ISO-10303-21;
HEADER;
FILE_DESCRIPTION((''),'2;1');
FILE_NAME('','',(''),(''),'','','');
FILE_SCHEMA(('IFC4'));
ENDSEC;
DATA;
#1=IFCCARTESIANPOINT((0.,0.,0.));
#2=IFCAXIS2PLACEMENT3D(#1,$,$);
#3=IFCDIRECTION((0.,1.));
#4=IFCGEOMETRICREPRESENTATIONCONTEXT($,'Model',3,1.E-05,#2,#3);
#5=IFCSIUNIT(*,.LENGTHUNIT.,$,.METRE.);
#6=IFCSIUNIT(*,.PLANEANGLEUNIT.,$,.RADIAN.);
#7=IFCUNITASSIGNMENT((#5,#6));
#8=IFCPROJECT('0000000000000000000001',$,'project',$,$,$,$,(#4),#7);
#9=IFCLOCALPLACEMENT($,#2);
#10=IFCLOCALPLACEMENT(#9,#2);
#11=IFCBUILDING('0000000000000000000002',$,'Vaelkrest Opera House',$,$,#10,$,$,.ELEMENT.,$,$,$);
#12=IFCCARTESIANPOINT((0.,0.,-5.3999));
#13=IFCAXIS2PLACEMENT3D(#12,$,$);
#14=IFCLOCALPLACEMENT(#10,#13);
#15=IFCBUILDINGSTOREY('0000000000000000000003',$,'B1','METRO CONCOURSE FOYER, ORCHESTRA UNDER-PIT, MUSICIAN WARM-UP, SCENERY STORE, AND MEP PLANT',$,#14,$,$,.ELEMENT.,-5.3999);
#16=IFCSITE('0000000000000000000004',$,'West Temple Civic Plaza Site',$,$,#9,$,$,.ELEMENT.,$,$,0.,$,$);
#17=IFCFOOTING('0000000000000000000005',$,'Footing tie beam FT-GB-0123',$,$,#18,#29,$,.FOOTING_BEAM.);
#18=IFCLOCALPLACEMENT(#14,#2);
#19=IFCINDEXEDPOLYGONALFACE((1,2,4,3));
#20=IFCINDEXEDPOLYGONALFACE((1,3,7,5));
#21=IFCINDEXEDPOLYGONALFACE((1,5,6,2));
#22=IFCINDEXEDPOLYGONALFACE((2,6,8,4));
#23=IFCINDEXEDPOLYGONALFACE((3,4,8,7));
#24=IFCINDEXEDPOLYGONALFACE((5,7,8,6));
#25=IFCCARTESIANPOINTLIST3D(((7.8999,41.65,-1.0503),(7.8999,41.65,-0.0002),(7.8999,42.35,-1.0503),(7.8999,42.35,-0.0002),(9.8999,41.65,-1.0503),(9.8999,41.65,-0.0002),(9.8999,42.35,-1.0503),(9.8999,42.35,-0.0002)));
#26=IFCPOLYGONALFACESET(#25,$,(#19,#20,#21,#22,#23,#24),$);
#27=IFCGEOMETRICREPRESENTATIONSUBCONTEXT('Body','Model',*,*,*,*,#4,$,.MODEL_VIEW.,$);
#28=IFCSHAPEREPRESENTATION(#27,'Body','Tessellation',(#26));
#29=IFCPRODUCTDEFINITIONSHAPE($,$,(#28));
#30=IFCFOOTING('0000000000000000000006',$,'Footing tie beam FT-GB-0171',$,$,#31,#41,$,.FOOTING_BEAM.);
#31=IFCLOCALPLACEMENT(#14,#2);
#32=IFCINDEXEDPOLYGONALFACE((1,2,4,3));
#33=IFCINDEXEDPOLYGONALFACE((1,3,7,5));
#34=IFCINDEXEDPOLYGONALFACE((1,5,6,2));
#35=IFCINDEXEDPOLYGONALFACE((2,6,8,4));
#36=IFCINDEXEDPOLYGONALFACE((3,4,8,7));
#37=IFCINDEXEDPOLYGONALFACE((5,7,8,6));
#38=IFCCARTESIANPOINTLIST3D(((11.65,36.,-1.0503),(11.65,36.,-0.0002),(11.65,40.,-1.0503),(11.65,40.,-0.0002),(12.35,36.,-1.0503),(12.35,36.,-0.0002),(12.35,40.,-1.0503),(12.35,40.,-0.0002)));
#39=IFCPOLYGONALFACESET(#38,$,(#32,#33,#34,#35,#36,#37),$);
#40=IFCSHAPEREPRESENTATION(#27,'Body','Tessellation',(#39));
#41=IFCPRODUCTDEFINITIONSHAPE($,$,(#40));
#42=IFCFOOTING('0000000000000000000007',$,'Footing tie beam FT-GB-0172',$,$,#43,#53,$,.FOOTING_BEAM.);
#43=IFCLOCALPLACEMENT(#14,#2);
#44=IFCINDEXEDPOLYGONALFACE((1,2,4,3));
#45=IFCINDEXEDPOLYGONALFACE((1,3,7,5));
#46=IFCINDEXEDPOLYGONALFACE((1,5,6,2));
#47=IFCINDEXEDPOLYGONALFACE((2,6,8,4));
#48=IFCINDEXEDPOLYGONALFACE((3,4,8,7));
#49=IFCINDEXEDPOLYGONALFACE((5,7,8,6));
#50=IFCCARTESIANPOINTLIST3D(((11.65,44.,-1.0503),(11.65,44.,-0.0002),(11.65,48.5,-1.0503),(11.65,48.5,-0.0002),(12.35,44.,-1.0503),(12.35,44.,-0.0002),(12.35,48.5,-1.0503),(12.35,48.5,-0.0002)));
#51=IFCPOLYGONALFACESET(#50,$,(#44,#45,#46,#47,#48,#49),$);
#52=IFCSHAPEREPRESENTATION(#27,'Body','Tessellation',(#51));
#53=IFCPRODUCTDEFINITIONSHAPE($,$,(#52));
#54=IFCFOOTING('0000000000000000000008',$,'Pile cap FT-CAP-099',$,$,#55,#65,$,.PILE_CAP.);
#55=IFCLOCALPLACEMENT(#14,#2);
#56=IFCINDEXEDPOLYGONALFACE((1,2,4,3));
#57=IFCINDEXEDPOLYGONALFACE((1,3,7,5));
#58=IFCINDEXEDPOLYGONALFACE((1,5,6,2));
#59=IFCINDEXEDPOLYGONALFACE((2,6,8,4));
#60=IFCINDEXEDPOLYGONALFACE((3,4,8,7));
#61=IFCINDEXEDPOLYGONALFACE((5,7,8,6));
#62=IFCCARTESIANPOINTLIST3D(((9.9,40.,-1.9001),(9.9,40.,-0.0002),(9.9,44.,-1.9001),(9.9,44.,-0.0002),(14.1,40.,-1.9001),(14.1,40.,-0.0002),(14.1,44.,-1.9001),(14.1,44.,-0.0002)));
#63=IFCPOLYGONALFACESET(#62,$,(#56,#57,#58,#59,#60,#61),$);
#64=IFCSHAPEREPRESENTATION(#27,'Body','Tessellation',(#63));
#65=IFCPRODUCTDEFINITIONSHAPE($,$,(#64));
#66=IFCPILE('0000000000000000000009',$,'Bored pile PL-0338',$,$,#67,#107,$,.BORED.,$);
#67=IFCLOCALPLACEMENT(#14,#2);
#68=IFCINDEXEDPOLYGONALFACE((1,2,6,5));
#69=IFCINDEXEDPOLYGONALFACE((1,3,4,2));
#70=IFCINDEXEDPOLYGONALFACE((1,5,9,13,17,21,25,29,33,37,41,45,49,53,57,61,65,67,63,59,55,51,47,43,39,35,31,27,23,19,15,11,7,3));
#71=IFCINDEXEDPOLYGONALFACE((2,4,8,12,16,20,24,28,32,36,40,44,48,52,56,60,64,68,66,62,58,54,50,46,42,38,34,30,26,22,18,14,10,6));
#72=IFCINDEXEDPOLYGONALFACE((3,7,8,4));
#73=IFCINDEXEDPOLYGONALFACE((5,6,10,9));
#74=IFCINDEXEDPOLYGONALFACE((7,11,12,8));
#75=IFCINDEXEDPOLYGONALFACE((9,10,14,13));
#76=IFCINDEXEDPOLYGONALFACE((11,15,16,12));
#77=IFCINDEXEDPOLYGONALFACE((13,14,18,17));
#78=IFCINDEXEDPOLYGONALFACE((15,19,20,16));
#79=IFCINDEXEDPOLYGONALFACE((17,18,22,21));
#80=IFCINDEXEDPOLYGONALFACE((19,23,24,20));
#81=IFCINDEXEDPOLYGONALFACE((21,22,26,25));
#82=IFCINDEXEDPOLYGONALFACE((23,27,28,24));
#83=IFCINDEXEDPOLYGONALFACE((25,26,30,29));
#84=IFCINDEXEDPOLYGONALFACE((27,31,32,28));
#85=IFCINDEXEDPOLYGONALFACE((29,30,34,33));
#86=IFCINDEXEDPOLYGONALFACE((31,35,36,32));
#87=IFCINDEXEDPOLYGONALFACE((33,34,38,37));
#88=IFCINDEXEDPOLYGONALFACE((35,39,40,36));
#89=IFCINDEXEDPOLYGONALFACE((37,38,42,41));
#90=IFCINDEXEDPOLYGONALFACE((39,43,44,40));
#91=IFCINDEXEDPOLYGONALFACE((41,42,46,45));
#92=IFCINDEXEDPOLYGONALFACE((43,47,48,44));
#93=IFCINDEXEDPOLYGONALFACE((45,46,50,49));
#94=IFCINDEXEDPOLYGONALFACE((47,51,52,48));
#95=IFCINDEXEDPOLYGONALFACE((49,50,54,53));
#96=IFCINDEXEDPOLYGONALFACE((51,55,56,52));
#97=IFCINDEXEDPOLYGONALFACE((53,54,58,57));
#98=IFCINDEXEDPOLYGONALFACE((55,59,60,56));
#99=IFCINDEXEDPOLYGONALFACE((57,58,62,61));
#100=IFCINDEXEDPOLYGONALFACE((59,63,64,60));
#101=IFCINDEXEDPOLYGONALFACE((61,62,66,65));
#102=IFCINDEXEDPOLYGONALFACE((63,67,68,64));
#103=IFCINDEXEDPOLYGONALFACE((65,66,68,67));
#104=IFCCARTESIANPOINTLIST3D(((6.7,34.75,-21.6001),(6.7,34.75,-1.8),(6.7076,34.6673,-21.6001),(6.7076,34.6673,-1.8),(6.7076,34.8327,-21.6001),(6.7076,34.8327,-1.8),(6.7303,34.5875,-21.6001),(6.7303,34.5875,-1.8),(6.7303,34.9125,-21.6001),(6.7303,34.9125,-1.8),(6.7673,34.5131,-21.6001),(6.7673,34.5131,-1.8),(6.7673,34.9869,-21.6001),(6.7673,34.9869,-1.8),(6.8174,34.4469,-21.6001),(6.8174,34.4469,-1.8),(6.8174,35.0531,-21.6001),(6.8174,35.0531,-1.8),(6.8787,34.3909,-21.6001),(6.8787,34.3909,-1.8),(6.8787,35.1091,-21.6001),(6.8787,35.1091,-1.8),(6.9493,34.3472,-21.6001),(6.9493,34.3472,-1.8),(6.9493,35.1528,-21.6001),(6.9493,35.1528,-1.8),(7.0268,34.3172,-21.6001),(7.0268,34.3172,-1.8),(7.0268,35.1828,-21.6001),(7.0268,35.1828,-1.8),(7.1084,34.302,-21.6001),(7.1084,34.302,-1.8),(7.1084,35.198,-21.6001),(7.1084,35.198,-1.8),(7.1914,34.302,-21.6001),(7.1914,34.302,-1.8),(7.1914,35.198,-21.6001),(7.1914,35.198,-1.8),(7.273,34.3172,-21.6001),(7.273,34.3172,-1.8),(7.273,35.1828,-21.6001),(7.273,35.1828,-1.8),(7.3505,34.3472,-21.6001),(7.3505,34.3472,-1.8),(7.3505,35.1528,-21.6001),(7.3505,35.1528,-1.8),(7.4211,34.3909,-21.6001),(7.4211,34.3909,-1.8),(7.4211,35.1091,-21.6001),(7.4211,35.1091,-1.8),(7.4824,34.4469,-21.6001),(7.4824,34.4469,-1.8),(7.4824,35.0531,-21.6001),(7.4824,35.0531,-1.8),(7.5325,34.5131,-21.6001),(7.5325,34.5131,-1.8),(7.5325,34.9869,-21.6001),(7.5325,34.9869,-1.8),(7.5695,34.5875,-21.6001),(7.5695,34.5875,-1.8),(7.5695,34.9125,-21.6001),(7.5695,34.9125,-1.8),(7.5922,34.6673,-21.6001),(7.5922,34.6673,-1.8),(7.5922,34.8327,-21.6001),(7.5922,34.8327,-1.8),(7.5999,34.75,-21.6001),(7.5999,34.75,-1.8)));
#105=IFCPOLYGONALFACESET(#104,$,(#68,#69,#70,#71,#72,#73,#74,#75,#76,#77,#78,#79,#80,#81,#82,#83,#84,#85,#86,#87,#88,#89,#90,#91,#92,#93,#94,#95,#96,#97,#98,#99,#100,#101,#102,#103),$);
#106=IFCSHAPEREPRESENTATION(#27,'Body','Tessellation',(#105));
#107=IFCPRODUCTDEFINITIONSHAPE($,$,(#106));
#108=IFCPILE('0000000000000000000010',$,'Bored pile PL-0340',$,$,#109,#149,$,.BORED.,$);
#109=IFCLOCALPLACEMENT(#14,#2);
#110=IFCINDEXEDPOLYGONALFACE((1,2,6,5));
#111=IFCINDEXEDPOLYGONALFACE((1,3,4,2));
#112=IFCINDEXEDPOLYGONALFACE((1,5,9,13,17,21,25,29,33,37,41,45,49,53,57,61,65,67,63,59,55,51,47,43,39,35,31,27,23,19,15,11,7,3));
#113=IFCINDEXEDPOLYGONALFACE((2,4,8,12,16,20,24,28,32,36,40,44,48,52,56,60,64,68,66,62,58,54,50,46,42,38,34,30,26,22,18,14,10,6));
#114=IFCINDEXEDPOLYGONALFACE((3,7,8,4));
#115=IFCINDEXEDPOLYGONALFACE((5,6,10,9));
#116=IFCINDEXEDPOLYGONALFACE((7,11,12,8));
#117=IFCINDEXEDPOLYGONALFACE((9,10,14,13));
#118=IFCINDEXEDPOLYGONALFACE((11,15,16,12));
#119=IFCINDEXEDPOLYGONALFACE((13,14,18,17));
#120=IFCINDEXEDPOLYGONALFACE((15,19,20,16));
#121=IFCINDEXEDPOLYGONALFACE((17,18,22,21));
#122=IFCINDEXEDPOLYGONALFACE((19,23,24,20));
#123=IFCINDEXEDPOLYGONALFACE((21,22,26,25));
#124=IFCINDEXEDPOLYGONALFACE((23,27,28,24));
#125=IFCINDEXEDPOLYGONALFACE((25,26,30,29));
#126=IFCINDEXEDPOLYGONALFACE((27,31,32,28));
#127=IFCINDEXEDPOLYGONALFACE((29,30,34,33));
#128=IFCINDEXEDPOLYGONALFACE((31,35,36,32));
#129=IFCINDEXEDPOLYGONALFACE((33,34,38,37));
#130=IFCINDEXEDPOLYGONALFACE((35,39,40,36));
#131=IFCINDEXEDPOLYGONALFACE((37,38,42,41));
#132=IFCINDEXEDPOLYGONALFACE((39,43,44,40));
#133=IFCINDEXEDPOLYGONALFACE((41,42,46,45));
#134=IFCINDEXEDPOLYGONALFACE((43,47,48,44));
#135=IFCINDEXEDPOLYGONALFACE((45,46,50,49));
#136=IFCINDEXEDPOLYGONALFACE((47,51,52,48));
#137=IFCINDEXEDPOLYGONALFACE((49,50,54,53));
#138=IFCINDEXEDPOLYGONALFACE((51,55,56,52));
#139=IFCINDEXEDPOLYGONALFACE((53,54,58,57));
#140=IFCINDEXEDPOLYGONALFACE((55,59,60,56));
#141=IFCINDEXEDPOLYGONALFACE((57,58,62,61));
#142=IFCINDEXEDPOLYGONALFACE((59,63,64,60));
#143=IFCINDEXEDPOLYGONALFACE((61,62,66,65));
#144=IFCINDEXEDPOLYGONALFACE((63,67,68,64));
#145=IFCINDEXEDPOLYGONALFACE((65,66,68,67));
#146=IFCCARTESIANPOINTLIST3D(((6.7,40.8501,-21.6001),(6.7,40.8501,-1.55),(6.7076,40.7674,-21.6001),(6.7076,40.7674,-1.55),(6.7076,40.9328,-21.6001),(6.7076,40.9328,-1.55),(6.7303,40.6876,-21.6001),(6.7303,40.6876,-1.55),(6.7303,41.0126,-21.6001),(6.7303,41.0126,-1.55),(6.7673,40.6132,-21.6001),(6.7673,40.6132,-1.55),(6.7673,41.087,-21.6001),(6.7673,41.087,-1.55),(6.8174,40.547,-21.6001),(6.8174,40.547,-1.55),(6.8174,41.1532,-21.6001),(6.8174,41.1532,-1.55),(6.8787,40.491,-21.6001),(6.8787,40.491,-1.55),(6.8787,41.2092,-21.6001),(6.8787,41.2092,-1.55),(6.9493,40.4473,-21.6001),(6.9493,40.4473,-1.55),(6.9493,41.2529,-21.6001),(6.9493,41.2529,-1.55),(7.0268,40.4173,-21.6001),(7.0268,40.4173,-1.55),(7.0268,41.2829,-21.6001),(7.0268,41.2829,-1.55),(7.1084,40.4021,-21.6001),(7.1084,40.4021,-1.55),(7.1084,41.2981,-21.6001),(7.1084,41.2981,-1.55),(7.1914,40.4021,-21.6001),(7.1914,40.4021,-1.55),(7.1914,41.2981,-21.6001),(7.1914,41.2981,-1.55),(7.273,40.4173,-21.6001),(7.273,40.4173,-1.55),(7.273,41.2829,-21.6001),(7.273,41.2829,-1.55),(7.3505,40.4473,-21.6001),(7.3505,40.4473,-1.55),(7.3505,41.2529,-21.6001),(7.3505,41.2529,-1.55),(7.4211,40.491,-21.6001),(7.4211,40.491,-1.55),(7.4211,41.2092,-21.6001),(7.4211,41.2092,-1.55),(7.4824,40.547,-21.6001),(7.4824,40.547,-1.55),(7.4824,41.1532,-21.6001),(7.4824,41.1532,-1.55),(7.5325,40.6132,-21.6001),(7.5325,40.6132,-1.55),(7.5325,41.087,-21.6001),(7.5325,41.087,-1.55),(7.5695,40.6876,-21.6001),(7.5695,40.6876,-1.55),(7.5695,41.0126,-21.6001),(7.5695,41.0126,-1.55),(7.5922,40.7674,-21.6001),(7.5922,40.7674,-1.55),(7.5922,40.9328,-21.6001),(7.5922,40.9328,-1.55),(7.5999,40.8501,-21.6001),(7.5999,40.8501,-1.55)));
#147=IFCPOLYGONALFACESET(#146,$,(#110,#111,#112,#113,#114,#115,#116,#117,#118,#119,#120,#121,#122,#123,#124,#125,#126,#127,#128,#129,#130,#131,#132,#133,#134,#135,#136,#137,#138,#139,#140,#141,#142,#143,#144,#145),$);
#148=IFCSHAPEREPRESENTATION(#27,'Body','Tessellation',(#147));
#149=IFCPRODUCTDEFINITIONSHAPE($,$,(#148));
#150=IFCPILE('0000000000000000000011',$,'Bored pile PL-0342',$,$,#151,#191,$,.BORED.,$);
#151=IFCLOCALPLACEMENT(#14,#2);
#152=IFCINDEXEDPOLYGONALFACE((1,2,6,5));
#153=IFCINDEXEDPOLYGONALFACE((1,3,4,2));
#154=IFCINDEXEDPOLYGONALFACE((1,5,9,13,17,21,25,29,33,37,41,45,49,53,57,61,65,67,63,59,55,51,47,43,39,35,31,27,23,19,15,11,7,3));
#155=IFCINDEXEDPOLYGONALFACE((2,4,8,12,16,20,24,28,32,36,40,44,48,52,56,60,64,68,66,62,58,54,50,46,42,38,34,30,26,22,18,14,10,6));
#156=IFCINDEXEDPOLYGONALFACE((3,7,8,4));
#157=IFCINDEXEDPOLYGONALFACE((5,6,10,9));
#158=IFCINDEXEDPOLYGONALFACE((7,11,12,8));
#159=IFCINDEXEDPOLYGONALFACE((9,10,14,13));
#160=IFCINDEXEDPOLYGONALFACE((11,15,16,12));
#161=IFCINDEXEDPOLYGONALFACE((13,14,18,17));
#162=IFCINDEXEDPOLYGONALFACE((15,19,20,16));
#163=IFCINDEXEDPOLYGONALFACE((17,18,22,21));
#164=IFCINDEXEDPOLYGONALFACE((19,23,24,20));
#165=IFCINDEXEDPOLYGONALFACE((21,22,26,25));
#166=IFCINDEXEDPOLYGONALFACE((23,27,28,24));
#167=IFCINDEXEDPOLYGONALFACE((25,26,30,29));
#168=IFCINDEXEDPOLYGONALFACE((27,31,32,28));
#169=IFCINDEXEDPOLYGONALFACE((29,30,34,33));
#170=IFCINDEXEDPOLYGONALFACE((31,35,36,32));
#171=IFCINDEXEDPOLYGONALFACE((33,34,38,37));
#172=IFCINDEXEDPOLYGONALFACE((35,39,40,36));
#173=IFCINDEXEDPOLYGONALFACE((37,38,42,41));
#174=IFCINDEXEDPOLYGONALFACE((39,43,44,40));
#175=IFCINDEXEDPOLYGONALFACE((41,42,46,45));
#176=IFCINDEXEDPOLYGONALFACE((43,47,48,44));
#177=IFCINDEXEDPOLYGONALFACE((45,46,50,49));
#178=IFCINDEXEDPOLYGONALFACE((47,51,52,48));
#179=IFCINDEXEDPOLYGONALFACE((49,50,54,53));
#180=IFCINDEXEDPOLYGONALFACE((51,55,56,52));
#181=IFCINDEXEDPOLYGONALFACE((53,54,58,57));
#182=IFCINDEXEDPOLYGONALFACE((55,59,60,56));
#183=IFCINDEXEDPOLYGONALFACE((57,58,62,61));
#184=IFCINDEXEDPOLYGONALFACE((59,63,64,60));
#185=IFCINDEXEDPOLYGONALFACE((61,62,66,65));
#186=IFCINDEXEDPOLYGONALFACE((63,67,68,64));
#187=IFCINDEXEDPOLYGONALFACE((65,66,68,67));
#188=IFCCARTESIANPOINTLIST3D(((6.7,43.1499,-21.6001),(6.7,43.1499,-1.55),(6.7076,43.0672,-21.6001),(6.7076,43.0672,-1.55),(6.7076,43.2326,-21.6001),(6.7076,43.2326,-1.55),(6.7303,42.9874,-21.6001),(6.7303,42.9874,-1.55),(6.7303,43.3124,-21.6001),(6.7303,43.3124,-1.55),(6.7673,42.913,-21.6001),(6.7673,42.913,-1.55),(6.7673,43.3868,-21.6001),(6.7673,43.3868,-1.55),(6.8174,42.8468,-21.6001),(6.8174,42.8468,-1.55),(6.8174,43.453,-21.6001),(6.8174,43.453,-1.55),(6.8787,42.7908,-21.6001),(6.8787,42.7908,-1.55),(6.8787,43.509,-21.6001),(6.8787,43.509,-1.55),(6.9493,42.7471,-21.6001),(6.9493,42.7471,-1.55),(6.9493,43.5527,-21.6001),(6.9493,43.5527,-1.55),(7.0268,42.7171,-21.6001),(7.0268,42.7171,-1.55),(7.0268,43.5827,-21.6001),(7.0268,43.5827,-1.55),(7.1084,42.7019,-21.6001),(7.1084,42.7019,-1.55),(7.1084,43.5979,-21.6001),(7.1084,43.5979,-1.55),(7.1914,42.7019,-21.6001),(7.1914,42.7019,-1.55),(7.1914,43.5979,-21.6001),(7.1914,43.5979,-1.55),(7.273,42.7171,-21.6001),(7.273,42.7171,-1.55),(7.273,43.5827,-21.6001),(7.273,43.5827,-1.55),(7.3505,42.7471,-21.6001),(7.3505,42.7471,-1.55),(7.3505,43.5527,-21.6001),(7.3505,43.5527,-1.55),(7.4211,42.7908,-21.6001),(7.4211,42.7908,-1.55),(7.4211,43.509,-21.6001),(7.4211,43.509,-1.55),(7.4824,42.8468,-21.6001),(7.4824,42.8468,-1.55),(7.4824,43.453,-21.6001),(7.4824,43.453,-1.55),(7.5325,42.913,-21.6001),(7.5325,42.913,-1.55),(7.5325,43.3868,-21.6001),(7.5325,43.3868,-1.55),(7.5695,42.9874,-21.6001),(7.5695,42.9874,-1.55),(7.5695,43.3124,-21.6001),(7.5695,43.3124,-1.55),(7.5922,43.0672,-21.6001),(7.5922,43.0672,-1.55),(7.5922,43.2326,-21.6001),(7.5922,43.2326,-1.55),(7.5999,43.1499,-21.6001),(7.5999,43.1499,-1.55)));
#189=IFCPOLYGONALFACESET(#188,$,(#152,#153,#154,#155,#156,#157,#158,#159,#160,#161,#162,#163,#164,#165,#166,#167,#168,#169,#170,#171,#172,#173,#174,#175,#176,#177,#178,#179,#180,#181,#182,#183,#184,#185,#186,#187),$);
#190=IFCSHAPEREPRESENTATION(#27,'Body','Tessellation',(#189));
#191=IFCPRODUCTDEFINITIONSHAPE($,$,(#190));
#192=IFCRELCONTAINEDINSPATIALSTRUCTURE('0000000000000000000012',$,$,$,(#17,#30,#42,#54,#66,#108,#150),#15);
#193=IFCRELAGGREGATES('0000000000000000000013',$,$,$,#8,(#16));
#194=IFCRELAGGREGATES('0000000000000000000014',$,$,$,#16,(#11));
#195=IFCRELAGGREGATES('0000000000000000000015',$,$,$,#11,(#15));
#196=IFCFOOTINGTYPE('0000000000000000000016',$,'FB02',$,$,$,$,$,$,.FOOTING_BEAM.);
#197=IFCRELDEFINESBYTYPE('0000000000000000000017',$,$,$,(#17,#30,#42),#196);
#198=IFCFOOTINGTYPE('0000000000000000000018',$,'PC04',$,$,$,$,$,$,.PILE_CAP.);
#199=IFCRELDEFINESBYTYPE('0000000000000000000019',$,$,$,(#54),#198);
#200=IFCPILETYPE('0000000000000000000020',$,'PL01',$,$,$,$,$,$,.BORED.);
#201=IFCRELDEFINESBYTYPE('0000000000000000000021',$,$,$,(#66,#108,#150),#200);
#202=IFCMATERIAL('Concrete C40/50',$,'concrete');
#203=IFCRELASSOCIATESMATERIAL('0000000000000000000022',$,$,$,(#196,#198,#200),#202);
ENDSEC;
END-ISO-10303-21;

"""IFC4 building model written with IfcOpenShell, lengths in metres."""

from ifc_helpers import new_model, si_unit, direction, frame, origin, origin_2d, place, context, subcontext, project, spatial, rectangle, circle, extrude, material, material_profile, profile_set, type_object, element, save


model = new_model("IFC4")

# Units and contexts
model_context = context("Model", 3, precision=1e-05, world=origin(), true_north=direction((0.0, 1.0)))
body_context = subcontext(model_context, "Body", "Model", "MODEL_VIEW")
ifc_project = project(units=[si_unit("LENGTHUNIT", "METRE"), si_unit("PLANEANGLEUNIT", "RADIAN")], contexts=[model_context])

# Site, building, storey
site_placement = place(None, origin())
site = spatial("IfcSite", under=ifc_project, at=site_placement, Name="West Temple Civic Plaza Site", CompositionType="ELEMENT", RefElevation=0.0)
building_placement = place(site_placement, origin())
building = spatial("IfcBuilding", under=site, at=building_placement, Name="Vaelkrest Opera House", CompositionType="ELEMENT")
storey_placement = place(building_placement, frame((0.0, 0.0, -5.3999)))
storey = spatial("IfcBuildingStorey", under=building, at=storey_placement, Name="B1", Description="METRO CONCOURSE FOYER, ORCHESTRA UNDER-PIT, MUSICIAN WARM-UP, SCENERY STORE, AND MEP PLANT", CompositionType="ELEMENT", Elevation=-5.3999)

# Footings
ifc_material_1 = material(Name="Concrete C40/50", Category="concrete")
footing_type_1 = type_object("IfcFootingType", Name="FB02", PredefinedType="FOOTING_BEAM", material=ifc_material_1)
footing_1_placement = place(storey_placement, frame((8.8999, 42.0, -1.0503), z_axis=(0.0, 0.0, 1.0), x_axis=(1.0, 0.0, 0.0)))
element("IfcFooting", 1, at=footing_1_placement, inside=storey, type_object=footing_type_1, Name="Footing tie beam FT-GB-0123", PredefinedType="FOOTING_BEAM", context=body_context, shape_type="SweptSolid", body=[
    extrude(rectangle(XDim=2.0, YDim=0.7, at=origin_2d()), origin(), (0.0, 0.0, 1.0), 1.05),
])
footing_2_placement = place(storey_placement, frame((12.0, 38.0, -1.0503), z_axis=(0.0, 0.0, 1.0), x_axis=(0.0, 1.0, 0.0)))
element("IfcFooting", 2, at=footing_2_placement, inside=storey, type_object=footing_type_1, Name="Footing tie beam FT-GB-0171", PredefinedType="FOOTING_BEAM", context=body_context, shape_type="SweptSolid", body=[
    extrude(rectangle(XDim=4.0, YDim=0.7, at=origin_2d()), origin(), (0.0, 0.0, 1.0), 1.05),
])
footing_3_placement = place(storey_placement, frame((12.0, 46.25, -1.0503), z_axis=(0.0, 0.0, 1.0), x_axis=(0.0, 1.0, 0.0)))
element("IfcFooting", 3, at=footing_3_placement, inside=storey, type_object=footing_type_1, Name="Footing tie beam FT-GB-0172", PredefinedType="FOOTING_BEAM", context=body_context, shape_type="SweptSolid", body=[
    extrude(rectangle(XDim=4.5, YDim=0.7, at=origin_2d()), origin(), (0.0, 0.0, 1.0), 1.05),
])
footing_type_2 = type_object("IfcFootingType", Name="PC04", PredefinedType="PILE_CAP", material=ifc_material_1)
footing_4_placement = place(storey_placement, frame((12.0, 42.0, -1.9001), z_axis=(0.0, 0.0, 1.0), x_axis=(1.0, 0.0, 0.0)))
element("IfcFooting", 4, at=footing_4_placement, inside=storey, type_object=footing_type_2, Name="Pile cap FT-CAP-099", PredefinedType="PILE_CAP", context=body_context, shape_type="SweptSolid", body=[
    extrude(rectangle(XDim=4.2, YDim=4.0, at=origin_2d()), origin(), (0.0, 0.0, 1.0), 1.8999),
])

# Piles
ifc_material_profile_1 = material_profile(ifc_material_1, circle(Radius=0.45, at=origin_2d()), Name="PILE900")
ifc_profile_set_1 = profile_set([ifc_material_profile_1], Name="Concrete C40/50")
pile_type_1 = type_object("IfcPileType", Name="PL01", PredefinedType="BORED", material=ifc_profile_set_1)
pile_1_placement = place(storey_placement, frame((7.1499, 34.75, -1.8), z_axis=(0.0, 0.0, -1.0), x_axis=(1.0, 0.0, 0.0)))
element("IfcPile", 5, at=pile_1_placement, inside=storey, type_object=pile_type_1, Name="Bored pile PL-0338", PredefinedType="BORED", context=body_context, shape_type="SweptSolid", body=[
    extrude(circle(Radius=0.45, at=origin_2d()), origin(), (0.0, 0.0, 1.0), 19.8),
])
for number, where, z_axis, x_axis, name in (
    (6, (7.1499, 40.8501, -1.55), (0.0, 0.0, -1.0), (1.0, 0.0, 0.0), "Bored pile PL-0340"),
    (7, (7.1499, 43.1499, -1.55), (0.0, 0.0, -1.0), (1.0, 0.0, 0.0), "Bored pile PL-0342"),
):
    element("IfcPile", number, at=place(storey_placement, frame(where, z_axis=z_axis, x_axis=x_axis)), inside=storey, type_object=pile_type_1, Name=name, PredefinedType="BORED", context=body_context, shape_type="SweptSolid", body=[
        extrude(circle(Radius=0.45, at=origin_2d()), origin(), (0.0, 0.0, 1.0), 20.05),
    ])

save(model, "model.ifc")
